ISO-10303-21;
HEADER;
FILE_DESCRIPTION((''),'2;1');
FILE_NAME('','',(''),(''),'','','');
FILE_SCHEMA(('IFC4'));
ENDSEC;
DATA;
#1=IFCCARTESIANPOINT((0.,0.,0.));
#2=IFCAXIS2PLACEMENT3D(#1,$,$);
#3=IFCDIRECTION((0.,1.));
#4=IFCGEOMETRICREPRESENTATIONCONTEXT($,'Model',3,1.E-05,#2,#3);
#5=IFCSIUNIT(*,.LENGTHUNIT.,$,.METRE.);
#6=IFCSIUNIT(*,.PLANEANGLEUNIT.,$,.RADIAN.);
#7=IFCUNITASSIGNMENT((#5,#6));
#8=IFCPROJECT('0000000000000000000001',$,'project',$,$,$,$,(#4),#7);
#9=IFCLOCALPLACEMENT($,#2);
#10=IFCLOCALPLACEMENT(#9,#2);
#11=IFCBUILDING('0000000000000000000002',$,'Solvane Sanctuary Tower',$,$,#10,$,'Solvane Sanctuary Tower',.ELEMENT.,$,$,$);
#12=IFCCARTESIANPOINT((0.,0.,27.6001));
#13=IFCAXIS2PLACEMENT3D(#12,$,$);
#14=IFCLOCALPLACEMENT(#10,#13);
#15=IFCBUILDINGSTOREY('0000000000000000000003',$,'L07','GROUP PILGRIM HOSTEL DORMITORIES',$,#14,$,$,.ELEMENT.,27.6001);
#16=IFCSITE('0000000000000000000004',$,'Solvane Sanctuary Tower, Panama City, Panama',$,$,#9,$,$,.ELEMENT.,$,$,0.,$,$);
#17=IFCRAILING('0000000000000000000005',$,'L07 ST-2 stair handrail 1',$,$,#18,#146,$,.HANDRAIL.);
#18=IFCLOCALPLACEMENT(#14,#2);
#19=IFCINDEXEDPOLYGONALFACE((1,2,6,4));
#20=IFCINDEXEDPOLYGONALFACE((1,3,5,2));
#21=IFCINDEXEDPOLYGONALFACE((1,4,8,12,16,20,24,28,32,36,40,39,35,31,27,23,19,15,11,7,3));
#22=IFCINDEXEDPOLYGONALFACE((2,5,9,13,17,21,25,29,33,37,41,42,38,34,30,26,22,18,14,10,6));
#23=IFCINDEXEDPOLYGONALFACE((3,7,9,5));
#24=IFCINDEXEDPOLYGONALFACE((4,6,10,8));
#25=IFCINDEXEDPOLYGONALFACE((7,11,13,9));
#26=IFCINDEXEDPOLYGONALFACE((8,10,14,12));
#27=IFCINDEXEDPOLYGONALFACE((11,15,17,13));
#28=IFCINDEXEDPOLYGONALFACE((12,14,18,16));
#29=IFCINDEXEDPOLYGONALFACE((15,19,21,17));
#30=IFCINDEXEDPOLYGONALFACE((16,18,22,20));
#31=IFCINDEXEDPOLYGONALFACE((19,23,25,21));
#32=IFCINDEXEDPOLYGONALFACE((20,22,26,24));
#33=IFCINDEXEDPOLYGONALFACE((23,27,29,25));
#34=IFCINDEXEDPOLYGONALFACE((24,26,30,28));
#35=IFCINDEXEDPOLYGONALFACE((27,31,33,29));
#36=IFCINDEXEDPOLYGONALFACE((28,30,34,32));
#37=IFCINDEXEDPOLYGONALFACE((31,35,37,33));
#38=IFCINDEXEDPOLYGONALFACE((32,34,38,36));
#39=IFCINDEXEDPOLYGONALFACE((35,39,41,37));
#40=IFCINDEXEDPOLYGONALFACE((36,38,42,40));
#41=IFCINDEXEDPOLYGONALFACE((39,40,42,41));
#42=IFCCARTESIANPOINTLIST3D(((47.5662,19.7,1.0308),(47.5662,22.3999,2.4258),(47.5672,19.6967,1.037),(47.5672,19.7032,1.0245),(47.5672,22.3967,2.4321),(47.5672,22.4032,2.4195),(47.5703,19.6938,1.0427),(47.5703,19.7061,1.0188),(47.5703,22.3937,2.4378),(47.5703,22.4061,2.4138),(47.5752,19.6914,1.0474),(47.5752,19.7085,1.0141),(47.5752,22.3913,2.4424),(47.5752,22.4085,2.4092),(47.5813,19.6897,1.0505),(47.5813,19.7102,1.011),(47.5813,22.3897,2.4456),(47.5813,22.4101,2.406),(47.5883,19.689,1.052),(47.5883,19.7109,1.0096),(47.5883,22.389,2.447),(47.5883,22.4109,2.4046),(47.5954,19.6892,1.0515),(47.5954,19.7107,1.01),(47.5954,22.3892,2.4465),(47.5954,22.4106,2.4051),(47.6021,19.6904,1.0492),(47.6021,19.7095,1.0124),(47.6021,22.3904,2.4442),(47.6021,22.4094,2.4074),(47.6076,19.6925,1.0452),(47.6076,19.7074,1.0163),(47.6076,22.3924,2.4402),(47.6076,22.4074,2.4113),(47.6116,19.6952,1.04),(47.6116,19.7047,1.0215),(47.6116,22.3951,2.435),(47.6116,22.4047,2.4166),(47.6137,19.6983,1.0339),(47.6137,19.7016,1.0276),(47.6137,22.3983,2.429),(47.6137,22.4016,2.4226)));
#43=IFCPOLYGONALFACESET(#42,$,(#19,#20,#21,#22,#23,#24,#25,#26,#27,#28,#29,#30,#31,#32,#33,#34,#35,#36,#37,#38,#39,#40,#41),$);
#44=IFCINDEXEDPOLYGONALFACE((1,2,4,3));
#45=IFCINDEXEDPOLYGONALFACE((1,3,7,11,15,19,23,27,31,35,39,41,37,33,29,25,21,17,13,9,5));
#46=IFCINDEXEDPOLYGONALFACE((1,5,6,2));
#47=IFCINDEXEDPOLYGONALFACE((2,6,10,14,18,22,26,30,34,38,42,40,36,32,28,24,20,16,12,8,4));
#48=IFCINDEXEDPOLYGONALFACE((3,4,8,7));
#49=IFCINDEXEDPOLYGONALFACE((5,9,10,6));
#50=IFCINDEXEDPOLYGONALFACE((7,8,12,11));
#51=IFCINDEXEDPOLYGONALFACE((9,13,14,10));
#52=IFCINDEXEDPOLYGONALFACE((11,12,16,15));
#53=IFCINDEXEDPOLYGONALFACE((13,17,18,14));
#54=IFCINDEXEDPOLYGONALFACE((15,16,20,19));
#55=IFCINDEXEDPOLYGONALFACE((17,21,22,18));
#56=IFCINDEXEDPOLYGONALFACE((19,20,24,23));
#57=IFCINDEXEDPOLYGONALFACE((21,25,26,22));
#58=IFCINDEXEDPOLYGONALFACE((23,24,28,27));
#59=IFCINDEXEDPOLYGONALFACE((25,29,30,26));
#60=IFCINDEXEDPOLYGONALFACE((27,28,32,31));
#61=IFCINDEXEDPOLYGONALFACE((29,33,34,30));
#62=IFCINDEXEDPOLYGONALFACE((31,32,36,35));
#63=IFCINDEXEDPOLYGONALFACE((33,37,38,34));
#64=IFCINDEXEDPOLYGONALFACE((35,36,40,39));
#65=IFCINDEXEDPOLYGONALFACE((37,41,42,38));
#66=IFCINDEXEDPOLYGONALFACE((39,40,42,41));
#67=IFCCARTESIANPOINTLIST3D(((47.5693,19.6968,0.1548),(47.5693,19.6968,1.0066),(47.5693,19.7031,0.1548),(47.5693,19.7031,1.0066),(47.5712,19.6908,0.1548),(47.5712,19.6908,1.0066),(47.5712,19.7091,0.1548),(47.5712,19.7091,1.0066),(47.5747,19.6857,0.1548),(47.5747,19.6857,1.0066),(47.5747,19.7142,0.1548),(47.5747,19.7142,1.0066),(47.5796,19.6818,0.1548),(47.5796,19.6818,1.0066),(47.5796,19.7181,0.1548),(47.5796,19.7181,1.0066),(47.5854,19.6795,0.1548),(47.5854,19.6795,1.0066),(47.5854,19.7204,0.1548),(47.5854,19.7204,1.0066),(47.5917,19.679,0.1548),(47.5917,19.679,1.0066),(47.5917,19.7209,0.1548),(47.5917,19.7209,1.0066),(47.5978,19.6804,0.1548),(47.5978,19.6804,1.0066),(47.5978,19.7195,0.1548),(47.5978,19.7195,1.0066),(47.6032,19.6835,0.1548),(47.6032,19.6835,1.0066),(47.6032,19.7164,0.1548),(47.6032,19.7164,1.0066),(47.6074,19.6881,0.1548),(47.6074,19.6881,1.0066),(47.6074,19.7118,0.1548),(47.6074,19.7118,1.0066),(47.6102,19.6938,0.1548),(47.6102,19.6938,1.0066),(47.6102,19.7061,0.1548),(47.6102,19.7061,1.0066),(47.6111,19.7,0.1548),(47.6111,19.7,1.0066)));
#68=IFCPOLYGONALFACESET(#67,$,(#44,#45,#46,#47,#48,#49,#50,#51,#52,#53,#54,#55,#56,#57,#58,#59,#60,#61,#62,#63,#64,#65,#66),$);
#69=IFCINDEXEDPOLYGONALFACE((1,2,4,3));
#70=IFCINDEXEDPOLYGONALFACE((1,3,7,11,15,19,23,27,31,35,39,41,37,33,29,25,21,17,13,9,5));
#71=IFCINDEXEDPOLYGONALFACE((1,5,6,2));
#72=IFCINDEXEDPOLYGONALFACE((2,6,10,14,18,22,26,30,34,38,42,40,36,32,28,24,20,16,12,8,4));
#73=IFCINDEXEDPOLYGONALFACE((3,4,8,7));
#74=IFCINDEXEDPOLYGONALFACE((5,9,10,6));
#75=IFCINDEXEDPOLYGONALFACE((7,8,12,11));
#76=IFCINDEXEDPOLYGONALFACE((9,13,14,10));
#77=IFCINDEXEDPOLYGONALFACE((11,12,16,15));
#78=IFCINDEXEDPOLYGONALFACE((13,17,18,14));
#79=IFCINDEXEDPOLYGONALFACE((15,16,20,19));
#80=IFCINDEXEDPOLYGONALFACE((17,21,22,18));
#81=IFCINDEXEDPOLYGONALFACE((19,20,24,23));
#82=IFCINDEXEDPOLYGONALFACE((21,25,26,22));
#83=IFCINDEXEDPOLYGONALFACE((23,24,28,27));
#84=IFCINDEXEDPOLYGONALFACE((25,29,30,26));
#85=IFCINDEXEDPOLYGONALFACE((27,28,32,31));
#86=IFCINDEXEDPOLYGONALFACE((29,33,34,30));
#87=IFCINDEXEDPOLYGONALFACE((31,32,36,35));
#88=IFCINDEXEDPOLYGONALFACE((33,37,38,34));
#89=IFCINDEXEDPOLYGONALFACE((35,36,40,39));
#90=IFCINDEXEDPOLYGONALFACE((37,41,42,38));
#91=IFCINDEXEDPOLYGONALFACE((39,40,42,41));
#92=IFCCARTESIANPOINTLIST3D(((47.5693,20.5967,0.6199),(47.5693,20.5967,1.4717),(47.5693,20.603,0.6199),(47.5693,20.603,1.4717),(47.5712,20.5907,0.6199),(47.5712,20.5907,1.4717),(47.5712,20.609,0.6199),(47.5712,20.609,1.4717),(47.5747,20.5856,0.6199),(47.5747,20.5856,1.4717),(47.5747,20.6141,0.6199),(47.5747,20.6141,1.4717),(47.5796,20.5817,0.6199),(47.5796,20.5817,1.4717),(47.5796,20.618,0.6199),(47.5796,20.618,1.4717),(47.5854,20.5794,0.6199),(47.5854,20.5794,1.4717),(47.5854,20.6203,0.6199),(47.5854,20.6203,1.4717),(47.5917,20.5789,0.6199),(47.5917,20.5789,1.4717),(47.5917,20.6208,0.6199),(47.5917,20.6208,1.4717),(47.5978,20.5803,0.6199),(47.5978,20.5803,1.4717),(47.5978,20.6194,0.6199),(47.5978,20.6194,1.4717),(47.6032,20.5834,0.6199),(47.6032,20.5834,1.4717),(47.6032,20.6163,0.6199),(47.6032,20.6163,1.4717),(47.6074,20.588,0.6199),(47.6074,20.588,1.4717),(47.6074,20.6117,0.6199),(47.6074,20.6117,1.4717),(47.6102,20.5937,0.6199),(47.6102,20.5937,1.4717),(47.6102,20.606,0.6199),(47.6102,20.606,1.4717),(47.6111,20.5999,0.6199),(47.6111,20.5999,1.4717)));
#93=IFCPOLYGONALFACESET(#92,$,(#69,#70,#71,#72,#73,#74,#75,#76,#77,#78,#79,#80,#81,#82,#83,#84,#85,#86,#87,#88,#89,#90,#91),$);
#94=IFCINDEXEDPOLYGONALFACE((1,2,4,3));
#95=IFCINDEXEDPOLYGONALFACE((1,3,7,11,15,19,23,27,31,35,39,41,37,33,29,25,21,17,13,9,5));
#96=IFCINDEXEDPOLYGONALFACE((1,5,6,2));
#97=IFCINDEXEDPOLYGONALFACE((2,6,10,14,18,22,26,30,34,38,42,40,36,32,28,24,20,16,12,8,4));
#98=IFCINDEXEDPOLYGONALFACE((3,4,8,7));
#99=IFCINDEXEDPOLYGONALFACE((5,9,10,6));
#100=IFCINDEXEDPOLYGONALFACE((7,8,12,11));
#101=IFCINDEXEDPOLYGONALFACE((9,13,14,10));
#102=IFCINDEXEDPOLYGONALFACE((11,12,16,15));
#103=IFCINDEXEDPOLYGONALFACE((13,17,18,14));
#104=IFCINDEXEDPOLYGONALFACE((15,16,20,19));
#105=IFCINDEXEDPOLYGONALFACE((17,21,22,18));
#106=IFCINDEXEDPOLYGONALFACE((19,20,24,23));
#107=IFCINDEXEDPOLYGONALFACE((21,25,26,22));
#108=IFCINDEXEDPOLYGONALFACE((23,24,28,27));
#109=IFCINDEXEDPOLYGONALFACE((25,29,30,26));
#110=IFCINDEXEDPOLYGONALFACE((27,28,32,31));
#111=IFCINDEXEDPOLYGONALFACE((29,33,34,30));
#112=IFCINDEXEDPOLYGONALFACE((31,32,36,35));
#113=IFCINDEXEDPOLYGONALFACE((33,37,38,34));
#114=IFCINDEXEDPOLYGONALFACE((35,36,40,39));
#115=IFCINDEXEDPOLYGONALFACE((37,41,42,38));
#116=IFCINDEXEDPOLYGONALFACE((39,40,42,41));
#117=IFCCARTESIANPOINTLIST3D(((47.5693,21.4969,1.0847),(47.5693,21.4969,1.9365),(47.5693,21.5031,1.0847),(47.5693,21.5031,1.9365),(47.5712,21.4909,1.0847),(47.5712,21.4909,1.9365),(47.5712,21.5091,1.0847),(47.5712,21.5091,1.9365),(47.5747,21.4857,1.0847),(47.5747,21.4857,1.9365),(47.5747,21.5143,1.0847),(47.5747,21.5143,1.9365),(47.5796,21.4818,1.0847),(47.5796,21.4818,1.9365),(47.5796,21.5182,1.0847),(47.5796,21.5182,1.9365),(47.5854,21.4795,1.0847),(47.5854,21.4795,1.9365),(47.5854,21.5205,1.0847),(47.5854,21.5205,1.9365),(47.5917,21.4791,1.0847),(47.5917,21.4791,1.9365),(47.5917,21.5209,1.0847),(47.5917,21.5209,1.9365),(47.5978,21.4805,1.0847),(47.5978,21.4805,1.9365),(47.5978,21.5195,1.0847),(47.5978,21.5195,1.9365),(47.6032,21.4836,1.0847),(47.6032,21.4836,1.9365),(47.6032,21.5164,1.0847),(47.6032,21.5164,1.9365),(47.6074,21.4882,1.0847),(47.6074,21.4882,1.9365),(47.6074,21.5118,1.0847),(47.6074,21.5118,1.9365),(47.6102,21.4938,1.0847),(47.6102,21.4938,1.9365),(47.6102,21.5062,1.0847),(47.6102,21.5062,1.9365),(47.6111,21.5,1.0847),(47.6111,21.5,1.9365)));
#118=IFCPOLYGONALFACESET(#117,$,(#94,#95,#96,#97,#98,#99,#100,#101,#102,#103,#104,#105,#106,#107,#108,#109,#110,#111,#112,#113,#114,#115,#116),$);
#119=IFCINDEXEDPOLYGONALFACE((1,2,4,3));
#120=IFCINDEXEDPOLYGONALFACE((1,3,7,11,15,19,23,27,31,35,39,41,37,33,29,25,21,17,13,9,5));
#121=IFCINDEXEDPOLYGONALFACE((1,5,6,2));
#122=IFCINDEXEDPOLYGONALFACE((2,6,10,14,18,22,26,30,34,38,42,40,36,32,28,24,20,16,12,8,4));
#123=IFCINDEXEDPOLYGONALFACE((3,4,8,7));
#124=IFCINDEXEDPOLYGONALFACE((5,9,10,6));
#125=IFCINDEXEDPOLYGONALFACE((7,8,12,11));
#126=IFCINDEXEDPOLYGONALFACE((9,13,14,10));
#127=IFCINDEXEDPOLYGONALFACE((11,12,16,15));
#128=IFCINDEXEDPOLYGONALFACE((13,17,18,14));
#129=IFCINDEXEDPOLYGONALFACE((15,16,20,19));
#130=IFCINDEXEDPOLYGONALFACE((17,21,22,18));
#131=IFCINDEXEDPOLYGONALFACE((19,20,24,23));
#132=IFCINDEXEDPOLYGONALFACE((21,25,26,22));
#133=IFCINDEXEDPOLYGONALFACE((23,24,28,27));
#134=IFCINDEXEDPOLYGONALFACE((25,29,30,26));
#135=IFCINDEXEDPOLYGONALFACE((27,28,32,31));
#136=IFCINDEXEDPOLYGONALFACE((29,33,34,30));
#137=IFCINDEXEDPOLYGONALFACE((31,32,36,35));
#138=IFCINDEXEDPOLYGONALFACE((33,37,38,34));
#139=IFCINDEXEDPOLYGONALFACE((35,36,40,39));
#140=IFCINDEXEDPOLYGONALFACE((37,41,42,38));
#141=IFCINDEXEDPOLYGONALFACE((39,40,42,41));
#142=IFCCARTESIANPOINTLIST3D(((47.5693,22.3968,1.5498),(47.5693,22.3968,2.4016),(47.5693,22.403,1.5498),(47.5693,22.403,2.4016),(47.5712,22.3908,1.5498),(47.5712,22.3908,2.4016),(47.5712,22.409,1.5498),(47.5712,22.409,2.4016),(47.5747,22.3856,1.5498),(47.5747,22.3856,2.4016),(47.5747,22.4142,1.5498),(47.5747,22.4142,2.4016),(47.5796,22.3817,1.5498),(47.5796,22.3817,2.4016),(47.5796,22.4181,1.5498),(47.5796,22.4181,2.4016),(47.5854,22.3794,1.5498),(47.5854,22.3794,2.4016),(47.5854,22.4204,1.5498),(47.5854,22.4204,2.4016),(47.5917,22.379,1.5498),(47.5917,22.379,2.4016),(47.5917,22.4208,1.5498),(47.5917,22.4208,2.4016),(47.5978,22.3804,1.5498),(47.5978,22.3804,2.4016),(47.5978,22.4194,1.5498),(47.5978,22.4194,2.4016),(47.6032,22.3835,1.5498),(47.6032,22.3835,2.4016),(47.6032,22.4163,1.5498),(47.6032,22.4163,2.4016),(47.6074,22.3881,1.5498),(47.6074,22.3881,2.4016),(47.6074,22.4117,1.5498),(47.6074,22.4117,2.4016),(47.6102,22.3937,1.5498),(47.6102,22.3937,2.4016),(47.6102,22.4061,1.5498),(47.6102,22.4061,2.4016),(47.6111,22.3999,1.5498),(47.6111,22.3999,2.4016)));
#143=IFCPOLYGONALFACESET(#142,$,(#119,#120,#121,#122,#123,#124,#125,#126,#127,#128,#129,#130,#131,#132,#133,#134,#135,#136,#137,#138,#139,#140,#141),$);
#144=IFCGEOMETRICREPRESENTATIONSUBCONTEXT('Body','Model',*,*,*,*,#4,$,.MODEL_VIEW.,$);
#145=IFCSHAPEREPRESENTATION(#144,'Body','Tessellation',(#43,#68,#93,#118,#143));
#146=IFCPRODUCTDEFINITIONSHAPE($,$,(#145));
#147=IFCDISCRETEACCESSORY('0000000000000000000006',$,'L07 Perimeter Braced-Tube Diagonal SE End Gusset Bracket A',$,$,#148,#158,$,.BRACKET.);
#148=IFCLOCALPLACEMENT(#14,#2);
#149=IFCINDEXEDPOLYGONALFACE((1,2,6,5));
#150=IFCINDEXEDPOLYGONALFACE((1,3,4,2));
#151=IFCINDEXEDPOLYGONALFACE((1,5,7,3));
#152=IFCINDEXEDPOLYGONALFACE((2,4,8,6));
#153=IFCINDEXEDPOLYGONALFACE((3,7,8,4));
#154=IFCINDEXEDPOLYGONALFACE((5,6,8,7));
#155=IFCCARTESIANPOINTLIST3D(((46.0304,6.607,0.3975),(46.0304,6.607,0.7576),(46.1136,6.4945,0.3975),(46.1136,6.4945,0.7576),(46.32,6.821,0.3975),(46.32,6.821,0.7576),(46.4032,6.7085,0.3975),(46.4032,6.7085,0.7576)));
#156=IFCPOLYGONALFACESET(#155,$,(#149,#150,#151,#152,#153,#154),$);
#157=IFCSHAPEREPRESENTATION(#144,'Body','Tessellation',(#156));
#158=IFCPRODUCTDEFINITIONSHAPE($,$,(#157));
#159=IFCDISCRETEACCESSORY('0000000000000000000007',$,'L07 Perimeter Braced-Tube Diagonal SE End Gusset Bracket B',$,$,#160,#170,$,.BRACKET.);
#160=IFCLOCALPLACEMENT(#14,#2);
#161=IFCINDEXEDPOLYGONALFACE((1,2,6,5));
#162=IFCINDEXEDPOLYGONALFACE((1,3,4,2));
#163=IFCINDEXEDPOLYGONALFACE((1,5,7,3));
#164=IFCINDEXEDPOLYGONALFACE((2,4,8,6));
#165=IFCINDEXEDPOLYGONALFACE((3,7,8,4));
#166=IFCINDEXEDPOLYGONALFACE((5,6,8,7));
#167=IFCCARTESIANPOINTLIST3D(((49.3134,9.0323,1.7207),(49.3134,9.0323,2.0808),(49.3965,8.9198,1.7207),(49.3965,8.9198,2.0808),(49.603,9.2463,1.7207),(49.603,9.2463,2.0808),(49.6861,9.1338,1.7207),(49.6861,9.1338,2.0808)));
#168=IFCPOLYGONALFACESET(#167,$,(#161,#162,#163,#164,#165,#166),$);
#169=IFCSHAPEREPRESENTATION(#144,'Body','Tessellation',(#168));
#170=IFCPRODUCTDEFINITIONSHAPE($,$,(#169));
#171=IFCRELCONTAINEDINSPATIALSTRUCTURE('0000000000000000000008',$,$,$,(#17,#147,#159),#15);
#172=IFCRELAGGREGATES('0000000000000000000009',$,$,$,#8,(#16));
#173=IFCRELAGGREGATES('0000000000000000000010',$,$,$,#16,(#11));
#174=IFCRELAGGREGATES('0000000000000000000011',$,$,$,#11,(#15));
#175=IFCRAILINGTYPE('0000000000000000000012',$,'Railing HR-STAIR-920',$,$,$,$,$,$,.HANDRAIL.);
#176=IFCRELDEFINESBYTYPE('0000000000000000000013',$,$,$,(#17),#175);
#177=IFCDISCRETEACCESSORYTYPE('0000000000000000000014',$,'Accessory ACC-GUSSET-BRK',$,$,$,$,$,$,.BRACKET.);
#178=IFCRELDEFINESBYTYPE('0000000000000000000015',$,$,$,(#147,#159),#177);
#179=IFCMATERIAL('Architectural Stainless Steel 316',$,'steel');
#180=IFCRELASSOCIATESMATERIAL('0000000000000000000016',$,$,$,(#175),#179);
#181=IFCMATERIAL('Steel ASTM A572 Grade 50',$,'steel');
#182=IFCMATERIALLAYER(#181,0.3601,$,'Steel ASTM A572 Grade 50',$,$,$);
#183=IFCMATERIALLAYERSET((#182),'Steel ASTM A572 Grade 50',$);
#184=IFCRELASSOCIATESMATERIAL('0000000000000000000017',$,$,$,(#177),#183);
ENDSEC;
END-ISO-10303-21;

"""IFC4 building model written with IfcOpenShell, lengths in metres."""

from ifc_helpers import new_model, si_unit, direction, frame, origin, origin_2d, place, context, subcontext, project, spatial, rectangle, circle, extrude, material, layer, layer_set, type_object, element, save


model = new_model("IFC4")

# Units and contexts
model_context = context("Model", 3, precision=1e-05, world=origin(), true_north=direction((0.0, 1.0)))
body_context = subcontext(model_context, "Body", "Model", "MODEL_VIEW")
ifc_project = project(units=[si_unit("LENGTHUNIT", "METRE"), si_unit("PLANEANGLEUNIT", "RADIAN")], contexts=[model_context])

# Site, building, storey
site_placement = place(None, origin())
site = spatial("IfcSite", under=ifc_project, at=site_placement, Name="Solvane Sanctuary Tower, Panama City, Panama", CompositionType="ELEMENT", RefElevation=0.0)
building_placement = place(site_placement, origin())
building = spatial("IfcBuilding", under=site, at=building_placement, Name="Solvane Sanctuary Tower", LongName="Solvane Sanctuary Tower", CompositionType="ELEMENT")
storey_placement = place(building_placement, frame((0.0, 0.0, 27.6001)))
storey = spatial("IfcBuildingStorey", under=building, at=storey_placement, Name="L07", Description="GROUP PILGRIM HOSTEL DORMITORIES", CompositionType="ELEMENT", Elevation=27.6001)

# Railing
ifc_material_1 = material(Name="Architectural Stainless Steel 316", Category="steel")
railing_type_1 = type_object("IfcRailingType", Name="Railing HR-STAIR-920", PredefinedType="HANDRAIL", material=ifc_material_1)
railing_1_placement = place(storey_placement, frame((47.5901, 19.7, 0.1548)))
element("IfcRailing", 1, at=railing_1_placement, inside=storey, type_object=railing_type_1, Name="L07 ST-2 stair handrail 1", PredefinedType="HANDRAIL", context=body_context, shape_type="SweptSolid", body=[
    extrude(circle(Radius=0.0239, at=origin_2d()), frame((0.0, 0.0, 0.876), z_axis=(0.0, 0.88842, 0.459032), x_axis=(-1.0, 0.0, 0.0)), (0.0, 0.0, 1.0), 3.0391),
    extrude(circle(Radius=0.021, at=origin_2d()), origin(), (0.0, 0.0, 1.0), 0.8518),
    extrude(circle(Radius=0.021, at=origin_2d()), frame((0.0, 0.8999, 0.4651)), (0.0, 0.0, 1.0), 0.8518),
    extrude(circle(Radius=0.021, at=origin_2d()), frame((0.0, 1.8, 0.9299)), (0.0, 0.0, 1.0), 0.8518),
    extrude(circle(Radius=0.021, at=origin_2d()), frame((0.0, 2.7, 1.395)), (0.0, 0.0, 1.0), 0.8518),
])

# Discrete accessories
ifc_material_2 = material(Name="Steel ASTM A572 Grade 50", Category="steel")
ifc_layer_1 = layer(ifc_material_2, 0.3601, Name="Steel ASTM A572 Grade 50")
ifc_layer_set_1 = layer_set([ifc_layer_1], Name="Steel ASTM A572 Grade 50")
discrete_accessory_type = type_object("IfcDiscreteAccessoryType", Name="Accessory ACC-GUSSET-BRK", PredefinedType="BRACKET", material=ifc_layer_set_1)
for number, where, z_axis, x_axis, name in (
    (2, (46.2168, 6.6577, 0.3975), (0.0, 0.0, 1.0), (0.804272, 0.594261, 0.0), "L07 Perimeter Braced-Tube Diagonal SE End Gusset Bracket A"),
    (3, (49.4998, 9.083, 1.7207), (0.0, 0.0, 1.0), (0.804272, 0.594261, 0.0), "L07 Perimeter Braced-Tube Diagonal SE End Gusset Bracket B"),
):
    element("IfcDiscreteAccessory", number, at=place(storey_placement, frame(where, z_axis=z_axis, x_axis=x_axis)), inside=storey, type_object=discrete_accessory_type, Name=name, PredefinedType="BRACKET", context=body_context, shape_type="SweptSolid", body=[
        extrude(rectangle(XDim=0.3601, YDim=0.1399, at=origin_2d()), origin(), (0.0, 0.0, 1.0), 0.3601),
    ])

save(model, "model.ifc")
